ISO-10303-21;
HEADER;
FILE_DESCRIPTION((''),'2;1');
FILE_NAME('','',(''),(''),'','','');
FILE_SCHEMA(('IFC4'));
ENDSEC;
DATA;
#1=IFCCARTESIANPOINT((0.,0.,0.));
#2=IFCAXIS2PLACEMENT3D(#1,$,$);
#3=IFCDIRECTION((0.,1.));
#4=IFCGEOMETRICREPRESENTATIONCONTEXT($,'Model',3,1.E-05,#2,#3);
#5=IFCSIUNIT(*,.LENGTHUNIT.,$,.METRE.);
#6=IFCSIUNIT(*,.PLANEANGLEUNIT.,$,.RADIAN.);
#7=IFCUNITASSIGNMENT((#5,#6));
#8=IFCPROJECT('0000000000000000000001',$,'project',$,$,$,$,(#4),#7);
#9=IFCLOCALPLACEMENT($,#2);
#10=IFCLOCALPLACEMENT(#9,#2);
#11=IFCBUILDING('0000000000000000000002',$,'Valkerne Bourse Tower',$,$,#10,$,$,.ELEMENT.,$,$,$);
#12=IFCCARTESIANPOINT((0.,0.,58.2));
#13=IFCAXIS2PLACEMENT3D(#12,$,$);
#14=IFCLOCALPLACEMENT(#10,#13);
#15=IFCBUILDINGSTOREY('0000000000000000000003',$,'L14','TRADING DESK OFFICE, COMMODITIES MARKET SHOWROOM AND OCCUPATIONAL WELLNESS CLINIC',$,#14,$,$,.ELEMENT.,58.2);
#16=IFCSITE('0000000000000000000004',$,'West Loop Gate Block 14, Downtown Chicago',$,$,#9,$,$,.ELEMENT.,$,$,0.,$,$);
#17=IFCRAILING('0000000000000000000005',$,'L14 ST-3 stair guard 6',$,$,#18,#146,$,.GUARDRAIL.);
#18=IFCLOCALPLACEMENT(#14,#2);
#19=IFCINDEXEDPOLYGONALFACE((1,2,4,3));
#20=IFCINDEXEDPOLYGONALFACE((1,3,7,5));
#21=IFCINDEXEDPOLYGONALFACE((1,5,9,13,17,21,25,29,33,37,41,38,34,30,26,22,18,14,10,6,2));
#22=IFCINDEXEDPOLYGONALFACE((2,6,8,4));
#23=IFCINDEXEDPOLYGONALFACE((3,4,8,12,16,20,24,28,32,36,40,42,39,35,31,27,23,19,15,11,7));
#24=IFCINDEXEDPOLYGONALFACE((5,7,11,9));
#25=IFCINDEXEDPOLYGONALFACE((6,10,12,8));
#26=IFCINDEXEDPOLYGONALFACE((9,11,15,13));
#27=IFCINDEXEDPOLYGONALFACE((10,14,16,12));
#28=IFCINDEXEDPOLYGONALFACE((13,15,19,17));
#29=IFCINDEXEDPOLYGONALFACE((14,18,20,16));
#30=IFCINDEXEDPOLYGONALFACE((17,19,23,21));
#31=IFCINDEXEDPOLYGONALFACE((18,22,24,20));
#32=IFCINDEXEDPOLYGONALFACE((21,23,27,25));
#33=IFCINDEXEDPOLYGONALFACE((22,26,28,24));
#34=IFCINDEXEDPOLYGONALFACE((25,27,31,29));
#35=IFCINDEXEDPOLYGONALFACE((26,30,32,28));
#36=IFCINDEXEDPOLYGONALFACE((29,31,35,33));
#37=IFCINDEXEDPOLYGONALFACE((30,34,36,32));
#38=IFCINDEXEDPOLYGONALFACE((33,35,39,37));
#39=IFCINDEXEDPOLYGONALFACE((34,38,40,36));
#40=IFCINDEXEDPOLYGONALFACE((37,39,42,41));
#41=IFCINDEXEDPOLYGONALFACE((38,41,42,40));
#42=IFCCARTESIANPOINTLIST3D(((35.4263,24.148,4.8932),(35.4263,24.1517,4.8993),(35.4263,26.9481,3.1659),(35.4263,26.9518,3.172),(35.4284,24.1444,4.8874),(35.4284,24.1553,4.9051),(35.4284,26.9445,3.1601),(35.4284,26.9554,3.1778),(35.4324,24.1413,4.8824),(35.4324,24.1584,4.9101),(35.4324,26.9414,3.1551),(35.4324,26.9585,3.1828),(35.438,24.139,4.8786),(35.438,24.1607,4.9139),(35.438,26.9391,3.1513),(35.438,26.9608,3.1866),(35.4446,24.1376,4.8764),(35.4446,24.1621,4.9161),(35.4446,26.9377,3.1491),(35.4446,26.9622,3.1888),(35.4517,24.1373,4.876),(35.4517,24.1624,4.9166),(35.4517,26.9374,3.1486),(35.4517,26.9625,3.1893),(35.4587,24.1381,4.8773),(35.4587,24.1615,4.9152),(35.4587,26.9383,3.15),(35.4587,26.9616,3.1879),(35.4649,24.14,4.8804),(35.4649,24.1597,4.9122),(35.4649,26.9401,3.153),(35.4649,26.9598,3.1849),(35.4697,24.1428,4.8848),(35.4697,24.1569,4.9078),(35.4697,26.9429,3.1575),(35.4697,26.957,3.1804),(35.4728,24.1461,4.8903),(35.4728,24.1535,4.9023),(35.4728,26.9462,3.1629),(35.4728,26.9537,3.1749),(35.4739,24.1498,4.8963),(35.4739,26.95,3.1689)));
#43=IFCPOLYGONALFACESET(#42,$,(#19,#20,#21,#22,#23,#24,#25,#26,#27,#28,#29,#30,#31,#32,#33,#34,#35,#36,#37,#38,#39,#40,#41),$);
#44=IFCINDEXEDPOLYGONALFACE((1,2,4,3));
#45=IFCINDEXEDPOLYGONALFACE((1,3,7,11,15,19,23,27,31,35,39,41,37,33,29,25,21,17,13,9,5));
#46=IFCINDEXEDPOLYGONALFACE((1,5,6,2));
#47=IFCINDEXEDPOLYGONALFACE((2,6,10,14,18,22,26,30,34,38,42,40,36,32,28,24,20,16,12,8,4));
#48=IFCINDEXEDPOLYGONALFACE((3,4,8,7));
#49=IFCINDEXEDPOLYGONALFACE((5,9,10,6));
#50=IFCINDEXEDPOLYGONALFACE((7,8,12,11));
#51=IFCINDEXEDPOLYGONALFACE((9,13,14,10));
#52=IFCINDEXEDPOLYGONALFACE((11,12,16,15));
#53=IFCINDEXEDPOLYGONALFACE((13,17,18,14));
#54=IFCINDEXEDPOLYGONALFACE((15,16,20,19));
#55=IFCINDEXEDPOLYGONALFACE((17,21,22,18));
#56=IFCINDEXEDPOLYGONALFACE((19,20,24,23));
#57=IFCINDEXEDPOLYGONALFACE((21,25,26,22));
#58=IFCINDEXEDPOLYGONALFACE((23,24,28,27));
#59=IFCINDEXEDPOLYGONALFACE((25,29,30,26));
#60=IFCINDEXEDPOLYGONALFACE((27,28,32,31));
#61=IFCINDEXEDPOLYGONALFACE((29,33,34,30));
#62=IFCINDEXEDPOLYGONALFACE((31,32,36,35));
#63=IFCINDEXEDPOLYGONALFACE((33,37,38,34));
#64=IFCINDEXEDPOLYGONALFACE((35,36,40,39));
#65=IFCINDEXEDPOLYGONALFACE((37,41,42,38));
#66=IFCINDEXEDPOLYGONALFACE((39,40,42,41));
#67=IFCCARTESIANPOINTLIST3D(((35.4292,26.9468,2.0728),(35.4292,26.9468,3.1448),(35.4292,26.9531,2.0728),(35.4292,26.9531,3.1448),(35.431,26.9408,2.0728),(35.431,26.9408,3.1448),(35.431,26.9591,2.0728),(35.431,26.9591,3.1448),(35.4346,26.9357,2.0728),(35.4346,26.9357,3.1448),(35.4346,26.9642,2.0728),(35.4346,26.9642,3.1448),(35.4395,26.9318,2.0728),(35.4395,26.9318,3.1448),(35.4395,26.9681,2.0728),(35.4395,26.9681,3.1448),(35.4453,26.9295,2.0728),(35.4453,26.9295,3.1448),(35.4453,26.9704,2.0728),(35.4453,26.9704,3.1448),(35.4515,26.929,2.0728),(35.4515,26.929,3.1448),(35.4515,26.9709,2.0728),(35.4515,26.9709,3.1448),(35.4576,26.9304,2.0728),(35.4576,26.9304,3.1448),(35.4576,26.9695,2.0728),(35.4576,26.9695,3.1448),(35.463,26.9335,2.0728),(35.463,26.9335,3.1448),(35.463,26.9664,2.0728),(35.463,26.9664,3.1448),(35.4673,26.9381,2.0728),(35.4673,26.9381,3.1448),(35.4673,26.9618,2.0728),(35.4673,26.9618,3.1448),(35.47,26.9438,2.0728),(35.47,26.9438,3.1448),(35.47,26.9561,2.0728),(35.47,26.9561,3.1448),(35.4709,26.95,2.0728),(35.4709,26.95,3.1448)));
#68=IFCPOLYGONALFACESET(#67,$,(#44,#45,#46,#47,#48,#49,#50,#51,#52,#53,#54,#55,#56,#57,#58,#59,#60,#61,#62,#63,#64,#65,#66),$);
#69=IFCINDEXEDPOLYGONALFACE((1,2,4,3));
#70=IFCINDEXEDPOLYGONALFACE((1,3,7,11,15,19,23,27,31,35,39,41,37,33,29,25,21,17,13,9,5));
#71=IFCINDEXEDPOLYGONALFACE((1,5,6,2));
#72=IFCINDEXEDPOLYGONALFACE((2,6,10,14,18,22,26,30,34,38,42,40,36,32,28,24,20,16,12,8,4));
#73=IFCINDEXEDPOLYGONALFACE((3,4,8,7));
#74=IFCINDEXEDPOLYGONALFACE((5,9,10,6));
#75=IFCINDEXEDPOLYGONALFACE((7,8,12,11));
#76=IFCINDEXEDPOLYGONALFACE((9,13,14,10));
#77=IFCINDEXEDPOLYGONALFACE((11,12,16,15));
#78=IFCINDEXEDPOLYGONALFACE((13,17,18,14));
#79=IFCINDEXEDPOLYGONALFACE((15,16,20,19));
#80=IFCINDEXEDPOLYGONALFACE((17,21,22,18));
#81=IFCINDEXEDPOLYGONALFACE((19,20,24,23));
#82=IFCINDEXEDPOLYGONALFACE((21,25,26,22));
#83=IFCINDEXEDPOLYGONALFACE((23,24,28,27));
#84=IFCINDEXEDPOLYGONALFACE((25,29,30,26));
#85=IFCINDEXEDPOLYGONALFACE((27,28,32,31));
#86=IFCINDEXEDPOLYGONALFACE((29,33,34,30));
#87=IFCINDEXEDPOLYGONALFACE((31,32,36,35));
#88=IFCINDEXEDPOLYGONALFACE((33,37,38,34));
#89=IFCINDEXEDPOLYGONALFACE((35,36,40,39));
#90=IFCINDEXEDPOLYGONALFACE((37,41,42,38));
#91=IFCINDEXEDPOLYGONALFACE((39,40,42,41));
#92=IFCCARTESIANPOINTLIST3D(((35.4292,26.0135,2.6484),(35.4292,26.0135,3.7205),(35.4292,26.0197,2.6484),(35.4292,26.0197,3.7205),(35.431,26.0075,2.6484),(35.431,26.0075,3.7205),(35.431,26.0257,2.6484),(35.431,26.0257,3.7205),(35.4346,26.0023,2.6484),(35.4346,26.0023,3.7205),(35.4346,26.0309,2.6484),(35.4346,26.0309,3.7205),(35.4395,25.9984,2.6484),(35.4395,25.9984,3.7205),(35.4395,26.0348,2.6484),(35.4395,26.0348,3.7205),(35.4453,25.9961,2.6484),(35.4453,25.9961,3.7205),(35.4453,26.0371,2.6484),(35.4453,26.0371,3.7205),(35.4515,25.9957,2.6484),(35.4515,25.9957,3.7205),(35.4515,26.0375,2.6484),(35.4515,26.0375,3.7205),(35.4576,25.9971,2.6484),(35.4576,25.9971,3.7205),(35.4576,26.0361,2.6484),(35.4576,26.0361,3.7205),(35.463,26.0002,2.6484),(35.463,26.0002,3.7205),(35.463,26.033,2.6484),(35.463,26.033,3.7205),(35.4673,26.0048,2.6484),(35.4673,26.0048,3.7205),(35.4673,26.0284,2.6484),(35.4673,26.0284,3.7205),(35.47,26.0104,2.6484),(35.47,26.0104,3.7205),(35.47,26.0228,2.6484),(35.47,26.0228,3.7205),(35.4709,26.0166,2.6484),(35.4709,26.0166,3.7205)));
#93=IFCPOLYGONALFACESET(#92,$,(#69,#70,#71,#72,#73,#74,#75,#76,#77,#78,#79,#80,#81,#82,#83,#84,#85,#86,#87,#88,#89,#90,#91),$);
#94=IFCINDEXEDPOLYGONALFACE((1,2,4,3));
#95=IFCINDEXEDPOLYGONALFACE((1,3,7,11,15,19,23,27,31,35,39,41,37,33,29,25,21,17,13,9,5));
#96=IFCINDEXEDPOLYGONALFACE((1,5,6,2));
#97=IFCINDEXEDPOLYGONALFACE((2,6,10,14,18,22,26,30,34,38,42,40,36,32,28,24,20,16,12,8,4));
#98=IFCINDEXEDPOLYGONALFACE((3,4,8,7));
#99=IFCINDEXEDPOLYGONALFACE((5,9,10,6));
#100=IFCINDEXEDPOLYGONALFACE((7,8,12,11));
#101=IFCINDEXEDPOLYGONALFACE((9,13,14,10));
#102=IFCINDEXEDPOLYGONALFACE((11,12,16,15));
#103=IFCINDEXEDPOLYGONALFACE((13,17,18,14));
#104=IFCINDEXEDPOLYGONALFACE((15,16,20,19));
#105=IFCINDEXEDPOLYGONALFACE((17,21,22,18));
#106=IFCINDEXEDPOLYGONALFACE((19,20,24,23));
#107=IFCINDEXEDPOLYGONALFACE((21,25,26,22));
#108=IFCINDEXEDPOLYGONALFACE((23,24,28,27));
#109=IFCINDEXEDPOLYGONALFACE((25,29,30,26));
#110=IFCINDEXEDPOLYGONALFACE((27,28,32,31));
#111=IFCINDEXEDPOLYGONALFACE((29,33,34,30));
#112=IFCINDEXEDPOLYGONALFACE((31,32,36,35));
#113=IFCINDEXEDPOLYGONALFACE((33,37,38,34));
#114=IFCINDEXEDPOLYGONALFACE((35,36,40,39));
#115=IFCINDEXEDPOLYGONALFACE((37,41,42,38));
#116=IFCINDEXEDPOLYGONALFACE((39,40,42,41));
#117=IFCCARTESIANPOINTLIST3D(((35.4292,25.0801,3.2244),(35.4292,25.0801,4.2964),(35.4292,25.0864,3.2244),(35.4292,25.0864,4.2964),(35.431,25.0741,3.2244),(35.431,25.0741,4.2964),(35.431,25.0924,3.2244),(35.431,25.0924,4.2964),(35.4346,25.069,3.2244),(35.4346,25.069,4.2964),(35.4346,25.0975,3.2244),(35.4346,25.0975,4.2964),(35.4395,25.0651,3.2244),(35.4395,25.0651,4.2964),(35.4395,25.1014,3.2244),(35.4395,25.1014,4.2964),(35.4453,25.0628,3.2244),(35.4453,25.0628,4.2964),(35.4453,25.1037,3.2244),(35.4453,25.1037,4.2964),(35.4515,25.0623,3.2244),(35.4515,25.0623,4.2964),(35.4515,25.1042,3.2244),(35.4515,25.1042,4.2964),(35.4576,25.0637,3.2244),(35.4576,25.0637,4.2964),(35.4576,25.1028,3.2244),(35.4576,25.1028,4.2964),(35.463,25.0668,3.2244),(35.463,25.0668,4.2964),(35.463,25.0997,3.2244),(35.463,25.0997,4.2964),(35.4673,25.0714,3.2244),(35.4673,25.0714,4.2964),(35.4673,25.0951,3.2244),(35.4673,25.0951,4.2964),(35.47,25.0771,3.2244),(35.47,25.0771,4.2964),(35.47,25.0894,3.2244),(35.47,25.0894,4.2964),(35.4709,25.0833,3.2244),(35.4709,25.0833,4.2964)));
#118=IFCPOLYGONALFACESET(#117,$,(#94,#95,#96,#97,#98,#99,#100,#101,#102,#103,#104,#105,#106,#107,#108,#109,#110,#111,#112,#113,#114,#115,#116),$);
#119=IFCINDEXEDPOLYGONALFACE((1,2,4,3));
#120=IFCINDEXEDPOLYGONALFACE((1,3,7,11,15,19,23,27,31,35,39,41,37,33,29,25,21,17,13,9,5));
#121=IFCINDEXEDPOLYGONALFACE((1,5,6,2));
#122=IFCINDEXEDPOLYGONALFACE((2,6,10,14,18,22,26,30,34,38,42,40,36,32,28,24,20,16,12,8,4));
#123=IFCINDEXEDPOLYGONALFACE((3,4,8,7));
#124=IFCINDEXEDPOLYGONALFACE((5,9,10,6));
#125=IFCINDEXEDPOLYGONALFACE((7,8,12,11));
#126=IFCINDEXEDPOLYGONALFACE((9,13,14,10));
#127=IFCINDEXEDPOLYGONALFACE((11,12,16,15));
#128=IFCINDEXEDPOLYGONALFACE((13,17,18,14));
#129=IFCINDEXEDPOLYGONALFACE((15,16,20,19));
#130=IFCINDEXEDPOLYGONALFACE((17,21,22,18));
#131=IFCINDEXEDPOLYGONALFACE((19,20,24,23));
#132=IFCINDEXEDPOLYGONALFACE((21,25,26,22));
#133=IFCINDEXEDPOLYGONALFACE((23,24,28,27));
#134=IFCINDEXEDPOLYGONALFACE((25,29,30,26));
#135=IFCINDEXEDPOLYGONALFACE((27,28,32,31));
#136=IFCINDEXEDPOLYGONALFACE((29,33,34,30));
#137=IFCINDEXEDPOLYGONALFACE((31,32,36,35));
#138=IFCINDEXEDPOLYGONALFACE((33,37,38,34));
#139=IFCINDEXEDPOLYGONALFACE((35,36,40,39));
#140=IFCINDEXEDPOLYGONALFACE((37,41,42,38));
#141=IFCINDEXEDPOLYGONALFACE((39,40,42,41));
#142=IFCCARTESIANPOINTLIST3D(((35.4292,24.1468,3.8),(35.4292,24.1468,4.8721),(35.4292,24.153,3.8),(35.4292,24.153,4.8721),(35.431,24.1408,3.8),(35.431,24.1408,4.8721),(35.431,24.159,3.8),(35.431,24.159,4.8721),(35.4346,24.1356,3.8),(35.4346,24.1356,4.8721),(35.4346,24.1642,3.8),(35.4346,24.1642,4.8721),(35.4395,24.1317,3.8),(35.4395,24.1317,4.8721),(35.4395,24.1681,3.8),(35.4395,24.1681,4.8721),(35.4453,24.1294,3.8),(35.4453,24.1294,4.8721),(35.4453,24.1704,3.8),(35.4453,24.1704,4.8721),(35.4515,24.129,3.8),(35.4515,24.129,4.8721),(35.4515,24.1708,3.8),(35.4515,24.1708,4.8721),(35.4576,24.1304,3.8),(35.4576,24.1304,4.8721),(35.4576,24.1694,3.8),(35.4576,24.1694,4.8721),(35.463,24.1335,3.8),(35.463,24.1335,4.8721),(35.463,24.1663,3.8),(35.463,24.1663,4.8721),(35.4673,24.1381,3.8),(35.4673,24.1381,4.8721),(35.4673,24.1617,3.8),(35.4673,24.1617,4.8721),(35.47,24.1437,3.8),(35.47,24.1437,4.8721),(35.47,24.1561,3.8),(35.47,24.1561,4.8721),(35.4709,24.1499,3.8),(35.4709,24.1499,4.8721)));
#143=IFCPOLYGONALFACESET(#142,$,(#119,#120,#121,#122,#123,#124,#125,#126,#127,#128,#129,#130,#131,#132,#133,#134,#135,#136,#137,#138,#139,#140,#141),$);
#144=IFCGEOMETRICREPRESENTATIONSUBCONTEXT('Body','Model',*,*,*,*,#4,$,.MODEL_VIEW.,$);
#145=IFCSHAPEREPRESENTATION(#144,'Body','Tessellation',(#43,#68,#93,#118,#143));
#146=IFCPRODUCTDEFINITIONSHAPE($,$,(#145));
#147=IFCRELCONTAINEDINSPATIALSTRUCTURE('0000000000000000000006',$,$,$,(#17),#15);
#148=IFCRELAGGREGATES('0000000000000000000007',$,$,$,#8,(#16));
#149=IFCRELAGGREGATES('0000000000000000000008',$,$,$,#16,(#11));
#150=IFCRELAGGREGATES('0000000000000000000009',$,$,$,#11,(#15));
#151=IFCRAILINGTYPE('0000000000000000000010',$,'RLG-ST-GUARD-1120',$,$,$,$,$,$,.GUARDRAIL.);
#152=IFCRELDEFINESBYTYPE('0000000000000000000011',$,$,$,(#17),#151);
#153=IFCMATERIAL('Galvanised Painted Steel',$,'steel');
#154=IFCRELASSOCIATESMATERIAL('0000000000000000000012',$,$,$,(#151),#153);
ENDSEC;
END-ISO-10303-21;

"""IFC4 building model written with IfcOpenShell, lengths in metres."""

from ifc_helpers import new_model, si_unit, direction, frame, origin, origin_2d, place, context, subcontext, project, spatial, circle, extrude, material, type_object, element, save


model = new_model("IFC4")

# Units and contexts
model_context = context("Model", 3, precision=1e-05, world=origin(), true_north=direction((0.0, 1.0)))
body_context = subcontext(model_context, "Body", "Model", "MODEL_VIEW")
ifc_project = project(units=[si_unit("LENGTHUNIT", "METRE"), si_unit("PLANEANGLEUNIT", "RADIAN")], contexts=[model_context])

# Site, building, storey
site_placement = place(None, origin())
site = spatial("IfcSite", under=ifc_project, at=site_placement, Name="West Loop Gate Block 14, Downtown Chicago", CompositionType="ELEMENT", RefElevation=0.0)
building_placement = place(site_placement, origin())
building = spatial("IfcBuilding", under=site, at=building_placement, Name="Valkerne Bourse Tower", CompositionType="ELEMENT")
storey_placement = place(building_placement, frame((0.0, 0.0, 58.2)))
storey = spatial("IfcBuildingStorey", under=building, at=storey_placement, Name="L14", Description="TRADING DESK OFFICE, COMMODITIES MARKET SHOWROOM AND OCCUPATIONAL WELLNESS CLINIC", CompositionType="ELEMENT", Elevation=58.2)

# Railing
ifc_material_1 = material(Name="Galvanised Painted Steel", Category="steel")
railing_type_1 = type_object("IfcRailingType", Name="RLG-ST-GUARD-1120", PredefinedType="GUARDRAIL", material=ifc_material_1)
railing_1_placement = place(storey_placement, frame((35.45, 26.95, 2.0728)))
element("IfcRailing", 1, at=railing_1_placement, inside=storey, type_object=railing_type_1, Name="L14 ST-3 stair guard 6", PredefinedType="GUARDRAIL", context=body_context, shape_type="SweptSolid", body=[
    extrude(circle(Radius=0.0239, at=origin_2d()), frame((0.0, 0.0, 1.0962), z_axis=(0.0, -0.85109, 0.52502), x_axis=(1.0, 0.0, 0.0)), (0.0, 0.0, 1.0), 3.29),
    extrude(circle(Radius=0.021, at=origin_2d()), origin(), (0.0, 0.0, 1.0), 1.072),
    extrude(circle(Radius=0.021, at=origin_2d()), frame((0.0, -0.9333, 0.5757)), (0.0, 0.0, 1.0), 1.072),
    extrude(circle(Radius=0.021, at=origin_2d()), frame((0.0, -1.8667, 1.1516)), (0.0, 0.0, 1.0), 1.072),
    extrude(circle(Radius=0.021, at=origin_2d()), frame((0.0, -2.8, 1.7273)), (0.0, 0.0, 1.0), 1.072),
])

save(model, "model.ifc")
